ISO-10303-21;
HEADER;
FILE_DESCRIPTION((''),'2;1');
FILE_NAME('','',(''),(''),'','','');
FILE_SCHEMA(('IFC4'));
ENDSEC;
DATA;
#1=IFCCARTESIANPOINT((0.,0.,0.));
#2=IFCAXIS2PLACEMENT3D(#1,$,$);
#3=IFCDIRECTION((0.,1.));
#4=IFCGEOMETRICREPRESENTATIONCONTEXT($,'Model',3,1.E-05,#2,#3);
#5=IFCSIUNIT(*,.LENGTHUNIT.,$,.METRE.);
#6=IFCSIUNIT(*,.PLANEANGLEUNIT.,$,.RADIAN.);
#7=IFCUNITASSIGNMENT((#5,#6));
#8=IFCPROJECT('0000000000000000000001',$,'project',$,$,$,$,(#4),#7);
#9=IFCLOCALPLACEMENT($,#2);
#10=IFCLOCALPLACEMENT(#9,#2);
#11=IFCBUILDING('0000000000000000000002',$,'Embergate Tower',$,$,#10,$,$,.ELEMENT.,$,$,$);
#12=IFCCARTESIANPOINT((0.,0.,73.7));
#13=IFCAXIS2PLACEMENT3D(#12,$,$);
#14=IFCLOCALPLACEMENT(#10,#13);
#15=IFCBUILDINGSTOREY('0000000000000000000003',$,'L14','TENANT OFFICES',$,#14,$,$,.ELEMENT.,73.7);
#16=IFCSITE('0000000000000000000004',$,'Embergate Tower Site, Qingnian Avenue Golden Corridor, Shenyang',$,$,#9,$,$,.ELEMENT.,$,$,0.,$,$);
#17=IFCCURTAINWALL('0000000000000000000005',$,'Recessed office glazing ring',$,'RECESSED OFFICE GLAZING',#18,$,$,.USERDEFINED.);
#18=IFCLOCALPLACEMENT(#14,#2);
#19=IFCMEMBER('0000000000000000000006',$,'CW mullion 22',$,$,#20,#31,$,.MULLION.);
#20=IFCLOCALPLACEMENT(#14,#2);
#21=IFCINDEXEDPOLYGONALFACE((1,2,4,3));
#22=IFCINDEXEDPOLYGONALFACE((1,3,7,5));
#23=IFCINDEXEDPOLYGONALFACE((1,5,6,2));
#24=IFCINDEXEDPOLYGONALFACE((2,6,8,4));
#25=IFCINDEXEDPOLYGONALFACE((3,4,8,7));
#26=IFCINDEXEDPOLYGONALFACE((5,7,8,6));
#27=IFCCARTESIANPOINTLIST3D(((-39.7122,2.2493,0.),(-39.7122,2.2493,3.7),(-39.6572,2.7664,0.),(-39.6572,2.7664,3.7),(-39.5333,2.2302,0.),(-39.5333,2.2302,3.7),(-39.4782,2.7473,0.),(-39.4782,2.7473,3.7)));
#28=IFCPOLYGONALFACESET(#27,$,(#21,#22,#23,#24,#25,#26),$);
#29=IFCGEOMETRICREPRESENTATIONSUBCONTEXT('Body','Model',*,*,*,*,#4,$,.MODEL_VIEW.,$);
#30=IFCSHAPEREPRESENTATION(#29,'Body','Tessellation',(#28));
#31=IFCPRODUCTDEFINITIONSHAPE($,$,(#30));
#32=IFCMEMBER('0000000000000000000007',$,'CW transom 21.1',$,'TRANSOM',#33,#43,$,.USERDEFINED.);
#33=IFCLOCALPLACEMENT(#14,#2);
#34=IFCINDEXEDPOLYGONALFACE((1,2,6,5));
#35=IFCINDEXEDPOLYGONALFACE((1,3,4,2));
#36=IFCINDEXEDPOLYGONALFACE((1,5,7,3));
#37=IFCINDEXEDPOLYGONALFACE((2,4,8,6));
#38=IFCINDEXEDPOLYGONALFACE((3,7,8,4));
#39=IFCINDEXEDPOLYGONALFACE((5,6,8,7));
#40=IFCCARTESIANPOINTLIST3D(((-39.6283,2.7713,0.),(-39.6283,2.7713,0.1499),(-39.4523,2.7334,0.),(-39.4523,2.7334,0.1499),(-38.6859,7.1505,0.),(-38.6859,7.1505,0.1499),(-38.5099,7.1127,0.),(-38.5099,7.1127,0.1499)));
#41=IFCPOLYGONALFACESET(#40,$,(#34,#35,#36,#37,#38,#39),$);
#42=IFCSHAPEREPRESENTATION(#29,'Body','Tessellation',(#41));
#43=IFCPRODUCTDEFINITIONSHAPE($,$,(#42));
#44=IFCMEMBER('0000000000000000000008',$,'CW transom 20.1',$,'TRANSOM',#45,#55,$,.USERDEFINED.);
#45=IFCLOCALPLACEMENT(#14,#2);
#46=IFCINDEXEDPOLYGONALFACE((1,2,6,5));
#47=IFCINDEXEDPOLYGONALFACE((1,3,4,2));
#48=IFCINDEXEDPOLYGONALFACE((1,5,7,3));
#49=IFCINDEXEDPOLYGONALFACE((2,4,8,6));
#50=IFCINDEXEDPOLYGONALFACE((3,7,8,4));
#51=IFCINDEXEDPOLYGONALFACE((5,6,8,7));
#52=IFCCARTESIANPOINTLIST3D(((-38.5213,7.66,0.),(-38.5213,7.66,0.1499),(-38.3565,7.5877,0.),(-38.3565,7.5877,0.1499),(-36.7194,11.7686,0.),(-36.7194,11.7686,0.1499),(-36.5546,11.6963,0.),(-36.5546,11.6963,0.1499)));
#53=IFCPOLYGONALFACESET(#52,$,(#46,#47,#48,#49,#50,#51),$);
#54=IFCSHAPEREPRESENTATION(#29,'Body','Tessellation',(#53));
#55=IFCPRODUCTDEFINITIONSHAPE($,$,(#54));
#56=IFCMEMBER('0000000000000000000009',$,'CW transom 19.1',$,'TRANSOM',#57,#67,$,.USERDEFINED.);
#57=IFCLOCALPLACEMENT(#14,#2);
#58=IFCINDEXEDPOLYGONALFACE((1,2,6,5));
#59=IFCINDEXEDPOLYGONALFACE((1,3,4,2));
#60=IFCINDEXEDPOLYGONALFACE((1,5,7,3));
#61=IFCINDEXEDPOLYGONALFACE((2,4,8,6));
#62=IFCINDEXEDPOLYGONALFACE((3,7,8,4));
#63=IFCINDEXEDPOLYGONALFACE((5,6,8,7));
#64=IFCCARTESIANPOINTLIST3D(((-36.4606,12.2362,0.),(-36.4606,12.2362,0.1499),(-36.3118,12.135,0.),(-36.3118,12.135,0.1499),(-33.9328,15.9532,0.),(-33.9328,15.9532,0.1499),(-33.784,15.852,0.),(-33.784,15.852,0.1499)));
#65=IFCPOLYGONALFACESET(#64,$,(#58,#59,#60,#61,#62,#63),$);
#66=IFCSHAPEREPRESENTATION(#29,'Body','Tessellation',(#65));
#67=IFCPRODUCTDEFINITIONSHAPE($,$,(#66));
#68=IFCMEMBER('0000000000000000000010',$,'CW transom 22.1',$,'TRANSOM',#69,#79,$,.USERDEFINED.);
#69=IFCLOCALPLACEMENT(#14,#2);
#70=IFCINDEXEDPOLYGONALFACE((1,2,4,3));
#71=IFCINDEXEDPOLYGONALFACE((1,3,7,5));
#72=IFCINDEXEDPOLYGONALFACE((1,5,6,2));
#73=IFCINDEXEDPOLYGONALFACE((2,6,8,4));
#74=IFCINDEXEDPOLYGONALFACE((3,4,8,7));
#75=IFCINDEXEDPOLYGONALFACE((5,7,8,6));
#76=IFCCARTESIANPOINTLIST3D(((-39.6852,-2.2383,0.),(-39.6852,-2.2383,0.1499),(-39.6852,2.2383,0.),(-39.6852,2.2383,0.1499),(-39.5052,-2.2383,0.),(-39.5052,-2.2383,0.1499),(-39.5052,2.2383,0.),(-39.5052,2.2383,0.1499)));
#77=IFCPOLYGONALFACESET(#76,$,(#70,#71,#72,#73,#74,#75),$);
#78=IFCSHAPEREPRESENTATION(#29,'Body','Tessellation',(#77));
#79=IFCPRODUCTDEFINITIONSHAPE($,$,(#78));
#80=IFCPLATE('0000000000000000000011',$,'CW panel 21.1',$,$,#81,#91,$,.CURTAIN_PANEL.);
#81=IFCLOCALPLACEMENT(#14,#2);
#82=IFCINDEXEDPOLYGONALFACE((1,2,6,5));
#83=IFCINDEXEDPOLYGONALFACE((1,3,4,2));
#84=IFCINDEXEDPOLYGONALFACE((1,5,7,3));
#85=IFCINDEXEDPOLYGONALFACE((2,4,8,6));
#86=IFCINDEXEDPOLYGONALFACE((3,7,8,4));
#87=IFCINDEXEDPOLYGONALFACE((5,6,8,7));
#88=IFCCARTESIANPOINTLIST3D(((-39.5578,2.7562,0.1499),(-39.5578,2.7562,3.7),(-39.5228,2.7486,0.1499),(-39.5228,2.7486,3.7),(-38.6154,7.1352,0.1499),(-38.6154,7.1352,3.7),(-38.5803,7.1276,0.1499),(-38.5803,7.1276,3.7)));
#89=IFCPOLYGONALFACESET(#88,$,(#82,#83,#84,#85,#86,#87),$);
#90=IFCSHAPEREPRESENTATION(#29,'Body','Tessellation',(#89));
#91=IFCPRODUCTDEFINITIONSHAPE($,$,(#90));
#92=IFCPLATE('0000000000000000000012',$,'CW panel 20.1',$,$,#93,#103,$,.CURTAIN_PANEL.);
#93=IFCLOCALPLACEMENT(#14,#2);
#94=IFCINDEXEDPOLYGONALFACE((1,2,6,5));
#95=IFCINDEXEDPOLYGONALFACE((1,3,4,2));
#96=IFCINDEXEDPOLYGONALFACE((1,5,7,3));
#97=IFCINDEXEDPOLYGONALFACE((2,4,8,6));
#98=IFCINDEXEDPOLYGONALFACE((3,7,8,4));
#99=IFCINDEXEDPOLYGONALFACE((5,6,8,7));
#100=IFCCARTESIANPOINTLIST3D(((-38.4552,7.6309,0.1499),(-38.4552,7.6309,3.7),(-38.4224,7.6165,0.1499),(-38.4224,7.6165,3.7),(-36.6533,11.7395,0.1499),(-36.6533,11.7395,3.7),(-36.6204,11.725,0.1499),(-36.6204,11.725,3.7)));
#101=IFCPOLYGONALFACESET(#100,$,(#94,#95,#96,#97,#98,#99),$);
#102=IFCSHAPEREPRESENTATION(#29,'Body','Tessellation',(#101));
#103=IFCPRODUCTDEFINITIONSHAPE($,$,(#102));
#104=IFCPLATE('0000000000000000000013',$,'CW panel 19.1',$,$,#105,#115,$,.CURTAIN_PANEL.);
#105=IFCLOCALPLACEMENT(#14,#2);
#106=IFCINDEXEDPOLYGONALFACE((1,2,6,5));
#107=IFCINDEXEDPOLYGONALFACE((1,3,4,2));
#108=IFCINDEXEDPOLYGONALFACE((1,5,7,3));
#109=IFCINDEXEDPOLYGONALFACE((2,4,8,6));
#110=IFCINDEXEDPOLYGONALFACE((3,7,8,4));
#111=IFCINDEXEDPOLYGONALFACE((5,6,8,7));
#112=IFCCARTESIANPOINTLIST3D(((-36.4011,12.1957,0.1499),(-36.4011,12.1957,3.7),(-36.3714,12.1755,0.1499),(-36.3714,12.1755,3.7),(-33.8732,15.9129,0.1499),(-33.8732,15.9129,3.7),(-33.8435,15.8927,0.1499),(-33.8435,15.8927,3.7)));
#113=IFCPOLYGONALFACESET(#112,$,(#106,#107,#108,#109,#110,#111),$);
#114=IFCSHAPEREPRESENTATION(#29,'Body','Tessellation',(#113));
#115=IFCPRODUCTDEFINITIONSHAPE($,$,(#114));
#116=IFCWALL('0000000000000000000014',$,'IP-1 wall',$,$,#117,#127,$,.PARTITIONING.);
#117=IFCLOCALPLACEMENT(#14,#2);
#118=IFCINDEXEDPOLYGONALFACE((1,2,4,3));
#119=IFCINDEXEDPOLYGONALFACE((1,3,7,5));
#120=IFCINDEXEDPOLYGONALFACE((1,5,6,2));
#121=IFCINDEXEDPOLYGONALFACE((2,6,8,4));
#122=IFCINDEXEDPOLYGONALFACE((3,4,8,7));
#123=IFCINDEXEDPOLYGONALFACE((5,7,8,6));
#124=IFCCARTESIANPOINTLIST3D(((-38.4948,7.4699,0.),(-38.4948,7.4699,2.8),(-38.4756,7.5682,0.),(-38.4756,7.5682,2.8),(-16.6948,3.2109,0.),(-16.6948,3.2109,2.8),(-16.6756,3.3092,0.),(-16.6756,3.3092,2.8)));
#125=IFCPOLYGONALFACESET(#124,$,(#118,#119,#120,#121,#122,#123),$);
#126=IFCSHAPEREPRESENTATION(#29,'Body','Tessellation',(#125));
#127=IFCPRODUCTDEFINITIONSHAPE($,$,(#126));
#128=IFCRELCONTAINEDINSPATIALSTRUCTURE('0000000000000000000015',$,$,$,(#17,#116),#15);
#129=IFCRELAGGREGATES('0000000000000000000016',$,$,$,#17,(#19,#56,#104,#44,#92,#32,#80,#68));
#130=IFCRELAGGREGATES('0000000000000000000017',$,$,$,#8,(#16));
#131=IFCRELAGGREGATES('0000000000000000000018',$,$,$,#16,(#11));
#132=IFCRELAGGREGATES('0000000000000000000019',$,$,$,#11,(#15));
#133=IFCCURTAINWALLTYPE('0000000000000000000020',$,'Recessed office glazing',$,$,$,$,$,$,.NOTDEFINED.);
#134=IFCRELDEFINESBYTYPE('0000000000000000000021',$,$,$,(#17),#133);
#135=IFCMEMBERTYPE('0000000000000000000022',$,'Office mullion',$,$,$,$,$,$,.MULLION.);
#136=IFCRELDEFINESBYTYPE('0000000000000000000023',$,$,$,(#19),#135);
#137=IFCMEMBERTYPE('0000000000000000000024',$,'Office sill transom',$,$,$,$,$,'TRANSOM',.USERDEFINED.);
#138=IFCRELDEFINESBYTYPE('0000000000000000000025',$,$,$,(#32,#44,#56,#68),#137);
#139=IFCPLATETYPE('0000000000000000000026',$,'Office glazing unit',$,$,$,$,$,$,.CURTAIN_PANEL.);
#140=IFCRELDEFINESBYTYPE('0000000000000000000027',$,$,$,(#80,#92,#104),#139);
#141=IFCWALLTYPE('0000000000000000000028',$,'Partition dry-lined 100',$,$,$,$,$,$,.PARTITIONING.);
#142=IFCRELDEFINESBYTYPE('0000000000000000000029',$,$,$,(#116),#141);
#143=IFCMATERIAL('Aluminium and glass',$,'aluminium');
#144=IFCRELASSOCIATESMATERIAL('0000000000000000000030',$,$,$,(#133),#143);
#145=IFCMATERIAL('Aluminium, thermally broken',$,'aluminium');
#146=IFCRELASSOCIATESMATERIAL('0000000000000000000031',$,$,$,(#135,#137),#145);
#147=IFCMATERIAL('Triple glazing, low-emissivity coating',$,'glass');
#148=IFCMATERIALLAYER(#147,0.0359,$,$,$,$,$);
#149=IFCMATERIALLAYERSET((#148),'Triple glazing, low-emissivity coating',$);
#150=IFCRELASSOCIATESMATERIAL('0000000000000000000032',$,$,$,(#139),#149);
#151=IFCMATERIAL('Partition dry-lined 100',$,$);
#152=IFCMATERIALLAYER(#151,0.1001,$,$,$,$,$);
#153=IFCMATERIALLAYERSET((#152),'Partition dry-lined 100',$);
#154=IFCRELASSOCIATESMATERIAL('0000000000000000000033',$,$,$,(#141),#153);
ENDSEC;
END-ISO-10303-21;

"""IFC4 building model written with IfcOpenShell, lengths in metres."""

from ifc_helpers import new_model, si_unit, direction, frame, frame_2d, origin, origin_2d, place, context, subcontext, project, spatial, rectangle, extrude, source, transform, mapped, material, layer, layer_set, material_profile, profile_set, type_object, element, aggregate, save


model = new_model("IFC4")

# Units and contexts
model_context = context("Model", 3, precision=1e-05, world=origin(), true_north=direction((0.0, 1.0)))
body_context = subcontext(model_context, "Body", "Model", "MODEL_VIEW")
ifc_project = project(units=[si_unit("LENGTHUNIT", "METRE"), si_unit("PLANEANGLEUNIT", "RADIAN")], contexts=[model_context])

# Site, building, storey
site_placement = place(None, origin())
site = spatial("IfcSite", under=ifc_project, at=site_placement, Name="Embergate Tower Site, Qingnian Avenue Golden Corridor, Shenyang", CompositionType="ELEMENT", RefElevation=0.0)
building_placement = place(site_placement, origin())
building = spatial("IfcBuilding", under=site, at=building_placement, Name="Embergate Tower", CompositionType="ELEMENT")
storey_placement = place(building_placement, frame((0.0, 0.0, 73.7)))
storey = spatial("IfcBuildingStorey", under=building, at=storey_placement, Name="L14", Description="TENANT OFFICES", CompositionType="ELEMENT", Elevation=73.7)

# Curtain wall, members, plates
ifc_material_1 = material(Name="Aluminium and glass", Category="aluminium")
curtain_wall_type = type_object("IfcCurtainWallType", Name="Recessed office glazing", PredefinedType="NOTDEFINED", material=ifc_material_1)
curtain_wall_placement = place(storey_placement, origin())
curtain_wall = element("IfcCurtainWall", 1, at=curtain_wall_placement, inside=storey, type_object=curtain_wall_type, Name="Recessed office glazing ring", ObjectType="RECESSED OFFICE GLAZING", PredefinedType="USERDEFINED")
ifc_material_2 = material(Name="Aluminium, thermally broken", Category="aluminium")
ifc_material_profile_1 = material_profile(ifc_material_2, rectangle(XDim=0.1799, YDim=0.52, at=origin_2d()), Name="AL 520x180")
ifc_profile_set_1 = profile_set([ifc_material_profile_1], Name="Aluminium, thermally broken")
member_type_1 = type_object("IfcMemberType", Name="Office mullion", PredefinedType="MULLION", material=ifc_profile_set_1)
shared_shape_1 = source(origin(), body_context, "Body", "SweptSolid", [
    extrude(rectangle(XDim=0.1799, YDim=0.52, at=origin_2d()), origin(), (0.0, 0.0, 1.0), 3.7),
])
member_1_placement = place(storey_placement, frame((-39.5952, 2.4983, 0.0), z_axis=(0.0, 0.0, 1.0), x_axis=(0.994385, -0.10582, 0.0)))
member_1 = element("IfcMember", 2, at=member_1_placement, type_object=member_type_1, Name="CW mullion 22", PredefinedType="MULLION", context=body_context, shape_type="MappedRepresentation", body=[
    mapped(shared_shape_1, transform((0.0, 0.0, 0.0))),
])
ifc_material_profile_2 = material_profile(ifc_material_2, rectangle(XDim=0.1799, YDim=0.1499, at=origin_2d()), Name="AL 150x180")
ifc_profile_set_2 = profile_set([ifc_material_profile_2], Name="Aluminium, thermally broken")
member_type_2 = type_object("IfcMemberType", Name="Office sill transom", ElementType="TRANSOM", PredefinedType="USERDEFINED", material=ifc_profile_set_2)
shared_shape_2 = source(origin(), body_context, "Body", "SweptSolid", [
    extrude(rectangle(XDim=0.1799, YDim=0.1499, at=origin_2d()), origin(), (0.0, 0.0, 1.0), 4.4795),
])
member_2_placement = place(storey_placement, frame((-38.5979, 7.1316, 0.075), z_axis=(-0.210381, -0.977619, 0.0), x_axis=(0.977619, -0.210381, 0.0)))
member_2 = element("IfcMember", 3, at=member_2_placement, type_object=member_type_2, Name="CW transom 21.1", ObjectType="TRANSOM", PredefinedType="USERDEFINED", context=body_context, shape_type="MappedRepresentation", body=[
    mapped(shared_shape_2, transform((0.0, 0.0, 0.0))),
])
shared_shape_3 = source(origin(), body_context, "Body", "SweptSolid", [
    extrude(rectangle(XDim=0.1799, YDim=0.1499, at=origin_2d()), origin(), (0.0, 0.0, 1.0), 4.4863),
])
member_3_placement = place(storey_placement, frame((-36.637, 11.7324, 0.075), z_axis=(-0.401655, -0.915791, 0.0), x_axis=(0.915791, -0.401655, 0.0)))
member_3 = element("IfcMember", 4, at=member_3_placement, type_object=member_type_2, Name="CW transom 20.1", ObjectType="TRANSOM", PredefinedType="USERDEFINED", context=body_context, shape_type="MappedRepresentation", body=[
    mapped(shared_shape_3, transform((0.0, 0.0, 0.0))),
])
shared_shape_4 = source(origin(), body_context, "Body", "SweptSolid", [
    extrude(rectangle(XDim=0.1799, YDim=0.1499, at=origin_2d()), origin(), (0.0, 0.0, 1.0), 4.4951),
])
member_4_placement = place(storey_placement, frame((-33.8584, 15.9026, 0.075), z_axis=(-0.562347, -0.826901, 0.0), x_axis=(0.826901, -0.562347, 0.0)))
member_4 = element("IfcMember", 5, at=member_4_placement, type_object=member_type_2, Name="CW transom 19.1", ObjectType="TRANSOM", PredefinedType="USERDEFINED", context=body_context, shape_type="MappedRepresentation", body=[
    mapped(shared_shape_4, transform((0.0, 0.0, 0.0))),
])
shared_shape_5 = source(origin(), body_context, "Body", "SweptSolid", [
    extrude(rectangle(XDim=0.1799, YDim=0.1499, at=origin_2d()), origin(), (0.0, 0.0, 1.0), 4.4766),
])
member_5_placement = place(storey_placement, frame((-39.5952, 2.2383, 0.075), z_axis=(0.0, -1.0, 0.0), x_axis=(1.0, 0.0, 0.0)))
member_5 = element("IfcMember", 6, at=member_5_placement, type_object=member_type_2, Name="CW transom 22.1", ObjectType="TRANSOM", PredefinedType="USERDEFINED", context=body_context, shape_type="MappedRepresentation", body=[
    mapped(shared_shape_5, transform((0.0, 0.0, 0.0))),
])
ifc_material_3 = material(Name="Triple glazing, low-emissivity coating", Category="glass")
ifc_layer_1 = layer(ifc_material_3, 0.0359)
ifc_layer_set_1 = layer_set([ifc_layer_1], Name="Triple glazing, low-emissivity coating")
plate_type = type_object("IfcPlateType", Name="Office glazing unit", PredefinedType="CURTAIN_PANEL", material=ifc_layer_set_1)
shared_shape_6 = source(origin(), body_context, "Body", "SweptSolid", [
    extrude(rectangle(XDim=4.4792, YDim=0.0359, at=origin_2d()), origin(), (0.0, 0.0, 1.0), 3.55),
])
plate_1_placement = place(storey_placement, frame((-39.0691, 4.9419, 0.1499), z_axis=(0.0, 0.0, 1.0), x_axis=(-0.210395, -0.977616, 0.0)))
plate_1 = element("IfcPlate", 7, at=plate_1_placement, type_object=plate_type, Name="CW panel 21.1", PredefinedType="CURTAIN_PANEL", context=body_context, shape_type="MappedRepresentation", body=[
    mapped(shared_shape_6, transform((0.0, 0.0, 0.0))),
])
shared_shape_7 = source(origin(), body_context, "Body", "SweptSolid", [
    extrude(rectangle(XDim=4.4863, YDim=0.0359, at=origin_2d()), origin(), (0.0, 0.0, 1.0), 3.55),
])
plate_2_placement = place(storey_placement, frame((-37.5378, 9.678, 0.1499), z_axis=(0.0, 0.0, 1.0), x_axis=(-0.401647, -0.915794, 0.0)))
plate_2 = element("IfcPlate", 8, at=plate_2_placement, type_object=plate_type, Name="CW panel 20.1", PredefinedType="CURTAIN_PANEL", context=body_context, shape_type="MappedRepresentation", body=[
    mapped(shared_shape_7, transform((0.0, 0.0, 0.0))),
])
shared_shape_8 = source(origin(), body_context, "Body", "SweptSolid", [
    extrude(rectangle(XDim=4.4954, YDim=0.0359, at=origin_2d()), origin(), (0.0, 0.0, 1.0), 3.55),
])
plate_3_placement = place(storey_placement, frame((-35.1223, 14.0442, 0.1499), z_axis=(0.0, 0.0, 1.0), x_axis=(-0.562337, -0.826908, 0.0)))
plate_3 = element("IfcPlate", 9, at=plate_3_placement, type_object=plate_type, Name="CW panel 19.1", PredefinedType="CURTAIN_PANEL", context=body_context, shape_type="MappedRepresentation", body=[
    mapped(shared_shape_8, transform((0.0, 0.0, 0.0))),
])
aggregate(curtain_wall, [member_1, member_4, plate_3, member_3, plate_2, member_2, plate_1, member_5])

# Wall
ifc_material_4 = material(Name="Partition dry-lined 100")
ifc_layer_2 = layer(ifc_material_4, 0.1001)
ifc_layer_set_2 = layer_set([ifc_layer_2], Name="Partition dry-lined 100")
wall_type_1 = type_object("IfcWallType", Name="Partition dry-lined 100", PredefinedType="PARTITIONING", material=ifc_layer_set_2)
shared_shape_9 = source(origin(), body_context, "Body", "SweptSolid", [
    extrude(rectangle(XDim=22.2122, YDim=0.1001, at=frame_2d((11.106, 0.0))), origin(), (0.0, 0.0, 1.0), 2.8),
])
wall_1_placement = place(storey_placement, frame((-38.4851, 7.519, 0.0), z_axis=(0.0, 0.0, 1.0), x_axis=(0.981445, -0.191743, 0.0)))
element("IfcWall", 10, at=wall_1_placement, inside=storey, type_object=wall_type_1, Name="IP-1 wall", PredefinedType="PARTITIONING", context=body_context, shape_type="MappedRepresentation", body=[
    mapped(shared_shape_9, transform((0.0, 0.0, 0.0))),
])

save(model, "model.ifc")
